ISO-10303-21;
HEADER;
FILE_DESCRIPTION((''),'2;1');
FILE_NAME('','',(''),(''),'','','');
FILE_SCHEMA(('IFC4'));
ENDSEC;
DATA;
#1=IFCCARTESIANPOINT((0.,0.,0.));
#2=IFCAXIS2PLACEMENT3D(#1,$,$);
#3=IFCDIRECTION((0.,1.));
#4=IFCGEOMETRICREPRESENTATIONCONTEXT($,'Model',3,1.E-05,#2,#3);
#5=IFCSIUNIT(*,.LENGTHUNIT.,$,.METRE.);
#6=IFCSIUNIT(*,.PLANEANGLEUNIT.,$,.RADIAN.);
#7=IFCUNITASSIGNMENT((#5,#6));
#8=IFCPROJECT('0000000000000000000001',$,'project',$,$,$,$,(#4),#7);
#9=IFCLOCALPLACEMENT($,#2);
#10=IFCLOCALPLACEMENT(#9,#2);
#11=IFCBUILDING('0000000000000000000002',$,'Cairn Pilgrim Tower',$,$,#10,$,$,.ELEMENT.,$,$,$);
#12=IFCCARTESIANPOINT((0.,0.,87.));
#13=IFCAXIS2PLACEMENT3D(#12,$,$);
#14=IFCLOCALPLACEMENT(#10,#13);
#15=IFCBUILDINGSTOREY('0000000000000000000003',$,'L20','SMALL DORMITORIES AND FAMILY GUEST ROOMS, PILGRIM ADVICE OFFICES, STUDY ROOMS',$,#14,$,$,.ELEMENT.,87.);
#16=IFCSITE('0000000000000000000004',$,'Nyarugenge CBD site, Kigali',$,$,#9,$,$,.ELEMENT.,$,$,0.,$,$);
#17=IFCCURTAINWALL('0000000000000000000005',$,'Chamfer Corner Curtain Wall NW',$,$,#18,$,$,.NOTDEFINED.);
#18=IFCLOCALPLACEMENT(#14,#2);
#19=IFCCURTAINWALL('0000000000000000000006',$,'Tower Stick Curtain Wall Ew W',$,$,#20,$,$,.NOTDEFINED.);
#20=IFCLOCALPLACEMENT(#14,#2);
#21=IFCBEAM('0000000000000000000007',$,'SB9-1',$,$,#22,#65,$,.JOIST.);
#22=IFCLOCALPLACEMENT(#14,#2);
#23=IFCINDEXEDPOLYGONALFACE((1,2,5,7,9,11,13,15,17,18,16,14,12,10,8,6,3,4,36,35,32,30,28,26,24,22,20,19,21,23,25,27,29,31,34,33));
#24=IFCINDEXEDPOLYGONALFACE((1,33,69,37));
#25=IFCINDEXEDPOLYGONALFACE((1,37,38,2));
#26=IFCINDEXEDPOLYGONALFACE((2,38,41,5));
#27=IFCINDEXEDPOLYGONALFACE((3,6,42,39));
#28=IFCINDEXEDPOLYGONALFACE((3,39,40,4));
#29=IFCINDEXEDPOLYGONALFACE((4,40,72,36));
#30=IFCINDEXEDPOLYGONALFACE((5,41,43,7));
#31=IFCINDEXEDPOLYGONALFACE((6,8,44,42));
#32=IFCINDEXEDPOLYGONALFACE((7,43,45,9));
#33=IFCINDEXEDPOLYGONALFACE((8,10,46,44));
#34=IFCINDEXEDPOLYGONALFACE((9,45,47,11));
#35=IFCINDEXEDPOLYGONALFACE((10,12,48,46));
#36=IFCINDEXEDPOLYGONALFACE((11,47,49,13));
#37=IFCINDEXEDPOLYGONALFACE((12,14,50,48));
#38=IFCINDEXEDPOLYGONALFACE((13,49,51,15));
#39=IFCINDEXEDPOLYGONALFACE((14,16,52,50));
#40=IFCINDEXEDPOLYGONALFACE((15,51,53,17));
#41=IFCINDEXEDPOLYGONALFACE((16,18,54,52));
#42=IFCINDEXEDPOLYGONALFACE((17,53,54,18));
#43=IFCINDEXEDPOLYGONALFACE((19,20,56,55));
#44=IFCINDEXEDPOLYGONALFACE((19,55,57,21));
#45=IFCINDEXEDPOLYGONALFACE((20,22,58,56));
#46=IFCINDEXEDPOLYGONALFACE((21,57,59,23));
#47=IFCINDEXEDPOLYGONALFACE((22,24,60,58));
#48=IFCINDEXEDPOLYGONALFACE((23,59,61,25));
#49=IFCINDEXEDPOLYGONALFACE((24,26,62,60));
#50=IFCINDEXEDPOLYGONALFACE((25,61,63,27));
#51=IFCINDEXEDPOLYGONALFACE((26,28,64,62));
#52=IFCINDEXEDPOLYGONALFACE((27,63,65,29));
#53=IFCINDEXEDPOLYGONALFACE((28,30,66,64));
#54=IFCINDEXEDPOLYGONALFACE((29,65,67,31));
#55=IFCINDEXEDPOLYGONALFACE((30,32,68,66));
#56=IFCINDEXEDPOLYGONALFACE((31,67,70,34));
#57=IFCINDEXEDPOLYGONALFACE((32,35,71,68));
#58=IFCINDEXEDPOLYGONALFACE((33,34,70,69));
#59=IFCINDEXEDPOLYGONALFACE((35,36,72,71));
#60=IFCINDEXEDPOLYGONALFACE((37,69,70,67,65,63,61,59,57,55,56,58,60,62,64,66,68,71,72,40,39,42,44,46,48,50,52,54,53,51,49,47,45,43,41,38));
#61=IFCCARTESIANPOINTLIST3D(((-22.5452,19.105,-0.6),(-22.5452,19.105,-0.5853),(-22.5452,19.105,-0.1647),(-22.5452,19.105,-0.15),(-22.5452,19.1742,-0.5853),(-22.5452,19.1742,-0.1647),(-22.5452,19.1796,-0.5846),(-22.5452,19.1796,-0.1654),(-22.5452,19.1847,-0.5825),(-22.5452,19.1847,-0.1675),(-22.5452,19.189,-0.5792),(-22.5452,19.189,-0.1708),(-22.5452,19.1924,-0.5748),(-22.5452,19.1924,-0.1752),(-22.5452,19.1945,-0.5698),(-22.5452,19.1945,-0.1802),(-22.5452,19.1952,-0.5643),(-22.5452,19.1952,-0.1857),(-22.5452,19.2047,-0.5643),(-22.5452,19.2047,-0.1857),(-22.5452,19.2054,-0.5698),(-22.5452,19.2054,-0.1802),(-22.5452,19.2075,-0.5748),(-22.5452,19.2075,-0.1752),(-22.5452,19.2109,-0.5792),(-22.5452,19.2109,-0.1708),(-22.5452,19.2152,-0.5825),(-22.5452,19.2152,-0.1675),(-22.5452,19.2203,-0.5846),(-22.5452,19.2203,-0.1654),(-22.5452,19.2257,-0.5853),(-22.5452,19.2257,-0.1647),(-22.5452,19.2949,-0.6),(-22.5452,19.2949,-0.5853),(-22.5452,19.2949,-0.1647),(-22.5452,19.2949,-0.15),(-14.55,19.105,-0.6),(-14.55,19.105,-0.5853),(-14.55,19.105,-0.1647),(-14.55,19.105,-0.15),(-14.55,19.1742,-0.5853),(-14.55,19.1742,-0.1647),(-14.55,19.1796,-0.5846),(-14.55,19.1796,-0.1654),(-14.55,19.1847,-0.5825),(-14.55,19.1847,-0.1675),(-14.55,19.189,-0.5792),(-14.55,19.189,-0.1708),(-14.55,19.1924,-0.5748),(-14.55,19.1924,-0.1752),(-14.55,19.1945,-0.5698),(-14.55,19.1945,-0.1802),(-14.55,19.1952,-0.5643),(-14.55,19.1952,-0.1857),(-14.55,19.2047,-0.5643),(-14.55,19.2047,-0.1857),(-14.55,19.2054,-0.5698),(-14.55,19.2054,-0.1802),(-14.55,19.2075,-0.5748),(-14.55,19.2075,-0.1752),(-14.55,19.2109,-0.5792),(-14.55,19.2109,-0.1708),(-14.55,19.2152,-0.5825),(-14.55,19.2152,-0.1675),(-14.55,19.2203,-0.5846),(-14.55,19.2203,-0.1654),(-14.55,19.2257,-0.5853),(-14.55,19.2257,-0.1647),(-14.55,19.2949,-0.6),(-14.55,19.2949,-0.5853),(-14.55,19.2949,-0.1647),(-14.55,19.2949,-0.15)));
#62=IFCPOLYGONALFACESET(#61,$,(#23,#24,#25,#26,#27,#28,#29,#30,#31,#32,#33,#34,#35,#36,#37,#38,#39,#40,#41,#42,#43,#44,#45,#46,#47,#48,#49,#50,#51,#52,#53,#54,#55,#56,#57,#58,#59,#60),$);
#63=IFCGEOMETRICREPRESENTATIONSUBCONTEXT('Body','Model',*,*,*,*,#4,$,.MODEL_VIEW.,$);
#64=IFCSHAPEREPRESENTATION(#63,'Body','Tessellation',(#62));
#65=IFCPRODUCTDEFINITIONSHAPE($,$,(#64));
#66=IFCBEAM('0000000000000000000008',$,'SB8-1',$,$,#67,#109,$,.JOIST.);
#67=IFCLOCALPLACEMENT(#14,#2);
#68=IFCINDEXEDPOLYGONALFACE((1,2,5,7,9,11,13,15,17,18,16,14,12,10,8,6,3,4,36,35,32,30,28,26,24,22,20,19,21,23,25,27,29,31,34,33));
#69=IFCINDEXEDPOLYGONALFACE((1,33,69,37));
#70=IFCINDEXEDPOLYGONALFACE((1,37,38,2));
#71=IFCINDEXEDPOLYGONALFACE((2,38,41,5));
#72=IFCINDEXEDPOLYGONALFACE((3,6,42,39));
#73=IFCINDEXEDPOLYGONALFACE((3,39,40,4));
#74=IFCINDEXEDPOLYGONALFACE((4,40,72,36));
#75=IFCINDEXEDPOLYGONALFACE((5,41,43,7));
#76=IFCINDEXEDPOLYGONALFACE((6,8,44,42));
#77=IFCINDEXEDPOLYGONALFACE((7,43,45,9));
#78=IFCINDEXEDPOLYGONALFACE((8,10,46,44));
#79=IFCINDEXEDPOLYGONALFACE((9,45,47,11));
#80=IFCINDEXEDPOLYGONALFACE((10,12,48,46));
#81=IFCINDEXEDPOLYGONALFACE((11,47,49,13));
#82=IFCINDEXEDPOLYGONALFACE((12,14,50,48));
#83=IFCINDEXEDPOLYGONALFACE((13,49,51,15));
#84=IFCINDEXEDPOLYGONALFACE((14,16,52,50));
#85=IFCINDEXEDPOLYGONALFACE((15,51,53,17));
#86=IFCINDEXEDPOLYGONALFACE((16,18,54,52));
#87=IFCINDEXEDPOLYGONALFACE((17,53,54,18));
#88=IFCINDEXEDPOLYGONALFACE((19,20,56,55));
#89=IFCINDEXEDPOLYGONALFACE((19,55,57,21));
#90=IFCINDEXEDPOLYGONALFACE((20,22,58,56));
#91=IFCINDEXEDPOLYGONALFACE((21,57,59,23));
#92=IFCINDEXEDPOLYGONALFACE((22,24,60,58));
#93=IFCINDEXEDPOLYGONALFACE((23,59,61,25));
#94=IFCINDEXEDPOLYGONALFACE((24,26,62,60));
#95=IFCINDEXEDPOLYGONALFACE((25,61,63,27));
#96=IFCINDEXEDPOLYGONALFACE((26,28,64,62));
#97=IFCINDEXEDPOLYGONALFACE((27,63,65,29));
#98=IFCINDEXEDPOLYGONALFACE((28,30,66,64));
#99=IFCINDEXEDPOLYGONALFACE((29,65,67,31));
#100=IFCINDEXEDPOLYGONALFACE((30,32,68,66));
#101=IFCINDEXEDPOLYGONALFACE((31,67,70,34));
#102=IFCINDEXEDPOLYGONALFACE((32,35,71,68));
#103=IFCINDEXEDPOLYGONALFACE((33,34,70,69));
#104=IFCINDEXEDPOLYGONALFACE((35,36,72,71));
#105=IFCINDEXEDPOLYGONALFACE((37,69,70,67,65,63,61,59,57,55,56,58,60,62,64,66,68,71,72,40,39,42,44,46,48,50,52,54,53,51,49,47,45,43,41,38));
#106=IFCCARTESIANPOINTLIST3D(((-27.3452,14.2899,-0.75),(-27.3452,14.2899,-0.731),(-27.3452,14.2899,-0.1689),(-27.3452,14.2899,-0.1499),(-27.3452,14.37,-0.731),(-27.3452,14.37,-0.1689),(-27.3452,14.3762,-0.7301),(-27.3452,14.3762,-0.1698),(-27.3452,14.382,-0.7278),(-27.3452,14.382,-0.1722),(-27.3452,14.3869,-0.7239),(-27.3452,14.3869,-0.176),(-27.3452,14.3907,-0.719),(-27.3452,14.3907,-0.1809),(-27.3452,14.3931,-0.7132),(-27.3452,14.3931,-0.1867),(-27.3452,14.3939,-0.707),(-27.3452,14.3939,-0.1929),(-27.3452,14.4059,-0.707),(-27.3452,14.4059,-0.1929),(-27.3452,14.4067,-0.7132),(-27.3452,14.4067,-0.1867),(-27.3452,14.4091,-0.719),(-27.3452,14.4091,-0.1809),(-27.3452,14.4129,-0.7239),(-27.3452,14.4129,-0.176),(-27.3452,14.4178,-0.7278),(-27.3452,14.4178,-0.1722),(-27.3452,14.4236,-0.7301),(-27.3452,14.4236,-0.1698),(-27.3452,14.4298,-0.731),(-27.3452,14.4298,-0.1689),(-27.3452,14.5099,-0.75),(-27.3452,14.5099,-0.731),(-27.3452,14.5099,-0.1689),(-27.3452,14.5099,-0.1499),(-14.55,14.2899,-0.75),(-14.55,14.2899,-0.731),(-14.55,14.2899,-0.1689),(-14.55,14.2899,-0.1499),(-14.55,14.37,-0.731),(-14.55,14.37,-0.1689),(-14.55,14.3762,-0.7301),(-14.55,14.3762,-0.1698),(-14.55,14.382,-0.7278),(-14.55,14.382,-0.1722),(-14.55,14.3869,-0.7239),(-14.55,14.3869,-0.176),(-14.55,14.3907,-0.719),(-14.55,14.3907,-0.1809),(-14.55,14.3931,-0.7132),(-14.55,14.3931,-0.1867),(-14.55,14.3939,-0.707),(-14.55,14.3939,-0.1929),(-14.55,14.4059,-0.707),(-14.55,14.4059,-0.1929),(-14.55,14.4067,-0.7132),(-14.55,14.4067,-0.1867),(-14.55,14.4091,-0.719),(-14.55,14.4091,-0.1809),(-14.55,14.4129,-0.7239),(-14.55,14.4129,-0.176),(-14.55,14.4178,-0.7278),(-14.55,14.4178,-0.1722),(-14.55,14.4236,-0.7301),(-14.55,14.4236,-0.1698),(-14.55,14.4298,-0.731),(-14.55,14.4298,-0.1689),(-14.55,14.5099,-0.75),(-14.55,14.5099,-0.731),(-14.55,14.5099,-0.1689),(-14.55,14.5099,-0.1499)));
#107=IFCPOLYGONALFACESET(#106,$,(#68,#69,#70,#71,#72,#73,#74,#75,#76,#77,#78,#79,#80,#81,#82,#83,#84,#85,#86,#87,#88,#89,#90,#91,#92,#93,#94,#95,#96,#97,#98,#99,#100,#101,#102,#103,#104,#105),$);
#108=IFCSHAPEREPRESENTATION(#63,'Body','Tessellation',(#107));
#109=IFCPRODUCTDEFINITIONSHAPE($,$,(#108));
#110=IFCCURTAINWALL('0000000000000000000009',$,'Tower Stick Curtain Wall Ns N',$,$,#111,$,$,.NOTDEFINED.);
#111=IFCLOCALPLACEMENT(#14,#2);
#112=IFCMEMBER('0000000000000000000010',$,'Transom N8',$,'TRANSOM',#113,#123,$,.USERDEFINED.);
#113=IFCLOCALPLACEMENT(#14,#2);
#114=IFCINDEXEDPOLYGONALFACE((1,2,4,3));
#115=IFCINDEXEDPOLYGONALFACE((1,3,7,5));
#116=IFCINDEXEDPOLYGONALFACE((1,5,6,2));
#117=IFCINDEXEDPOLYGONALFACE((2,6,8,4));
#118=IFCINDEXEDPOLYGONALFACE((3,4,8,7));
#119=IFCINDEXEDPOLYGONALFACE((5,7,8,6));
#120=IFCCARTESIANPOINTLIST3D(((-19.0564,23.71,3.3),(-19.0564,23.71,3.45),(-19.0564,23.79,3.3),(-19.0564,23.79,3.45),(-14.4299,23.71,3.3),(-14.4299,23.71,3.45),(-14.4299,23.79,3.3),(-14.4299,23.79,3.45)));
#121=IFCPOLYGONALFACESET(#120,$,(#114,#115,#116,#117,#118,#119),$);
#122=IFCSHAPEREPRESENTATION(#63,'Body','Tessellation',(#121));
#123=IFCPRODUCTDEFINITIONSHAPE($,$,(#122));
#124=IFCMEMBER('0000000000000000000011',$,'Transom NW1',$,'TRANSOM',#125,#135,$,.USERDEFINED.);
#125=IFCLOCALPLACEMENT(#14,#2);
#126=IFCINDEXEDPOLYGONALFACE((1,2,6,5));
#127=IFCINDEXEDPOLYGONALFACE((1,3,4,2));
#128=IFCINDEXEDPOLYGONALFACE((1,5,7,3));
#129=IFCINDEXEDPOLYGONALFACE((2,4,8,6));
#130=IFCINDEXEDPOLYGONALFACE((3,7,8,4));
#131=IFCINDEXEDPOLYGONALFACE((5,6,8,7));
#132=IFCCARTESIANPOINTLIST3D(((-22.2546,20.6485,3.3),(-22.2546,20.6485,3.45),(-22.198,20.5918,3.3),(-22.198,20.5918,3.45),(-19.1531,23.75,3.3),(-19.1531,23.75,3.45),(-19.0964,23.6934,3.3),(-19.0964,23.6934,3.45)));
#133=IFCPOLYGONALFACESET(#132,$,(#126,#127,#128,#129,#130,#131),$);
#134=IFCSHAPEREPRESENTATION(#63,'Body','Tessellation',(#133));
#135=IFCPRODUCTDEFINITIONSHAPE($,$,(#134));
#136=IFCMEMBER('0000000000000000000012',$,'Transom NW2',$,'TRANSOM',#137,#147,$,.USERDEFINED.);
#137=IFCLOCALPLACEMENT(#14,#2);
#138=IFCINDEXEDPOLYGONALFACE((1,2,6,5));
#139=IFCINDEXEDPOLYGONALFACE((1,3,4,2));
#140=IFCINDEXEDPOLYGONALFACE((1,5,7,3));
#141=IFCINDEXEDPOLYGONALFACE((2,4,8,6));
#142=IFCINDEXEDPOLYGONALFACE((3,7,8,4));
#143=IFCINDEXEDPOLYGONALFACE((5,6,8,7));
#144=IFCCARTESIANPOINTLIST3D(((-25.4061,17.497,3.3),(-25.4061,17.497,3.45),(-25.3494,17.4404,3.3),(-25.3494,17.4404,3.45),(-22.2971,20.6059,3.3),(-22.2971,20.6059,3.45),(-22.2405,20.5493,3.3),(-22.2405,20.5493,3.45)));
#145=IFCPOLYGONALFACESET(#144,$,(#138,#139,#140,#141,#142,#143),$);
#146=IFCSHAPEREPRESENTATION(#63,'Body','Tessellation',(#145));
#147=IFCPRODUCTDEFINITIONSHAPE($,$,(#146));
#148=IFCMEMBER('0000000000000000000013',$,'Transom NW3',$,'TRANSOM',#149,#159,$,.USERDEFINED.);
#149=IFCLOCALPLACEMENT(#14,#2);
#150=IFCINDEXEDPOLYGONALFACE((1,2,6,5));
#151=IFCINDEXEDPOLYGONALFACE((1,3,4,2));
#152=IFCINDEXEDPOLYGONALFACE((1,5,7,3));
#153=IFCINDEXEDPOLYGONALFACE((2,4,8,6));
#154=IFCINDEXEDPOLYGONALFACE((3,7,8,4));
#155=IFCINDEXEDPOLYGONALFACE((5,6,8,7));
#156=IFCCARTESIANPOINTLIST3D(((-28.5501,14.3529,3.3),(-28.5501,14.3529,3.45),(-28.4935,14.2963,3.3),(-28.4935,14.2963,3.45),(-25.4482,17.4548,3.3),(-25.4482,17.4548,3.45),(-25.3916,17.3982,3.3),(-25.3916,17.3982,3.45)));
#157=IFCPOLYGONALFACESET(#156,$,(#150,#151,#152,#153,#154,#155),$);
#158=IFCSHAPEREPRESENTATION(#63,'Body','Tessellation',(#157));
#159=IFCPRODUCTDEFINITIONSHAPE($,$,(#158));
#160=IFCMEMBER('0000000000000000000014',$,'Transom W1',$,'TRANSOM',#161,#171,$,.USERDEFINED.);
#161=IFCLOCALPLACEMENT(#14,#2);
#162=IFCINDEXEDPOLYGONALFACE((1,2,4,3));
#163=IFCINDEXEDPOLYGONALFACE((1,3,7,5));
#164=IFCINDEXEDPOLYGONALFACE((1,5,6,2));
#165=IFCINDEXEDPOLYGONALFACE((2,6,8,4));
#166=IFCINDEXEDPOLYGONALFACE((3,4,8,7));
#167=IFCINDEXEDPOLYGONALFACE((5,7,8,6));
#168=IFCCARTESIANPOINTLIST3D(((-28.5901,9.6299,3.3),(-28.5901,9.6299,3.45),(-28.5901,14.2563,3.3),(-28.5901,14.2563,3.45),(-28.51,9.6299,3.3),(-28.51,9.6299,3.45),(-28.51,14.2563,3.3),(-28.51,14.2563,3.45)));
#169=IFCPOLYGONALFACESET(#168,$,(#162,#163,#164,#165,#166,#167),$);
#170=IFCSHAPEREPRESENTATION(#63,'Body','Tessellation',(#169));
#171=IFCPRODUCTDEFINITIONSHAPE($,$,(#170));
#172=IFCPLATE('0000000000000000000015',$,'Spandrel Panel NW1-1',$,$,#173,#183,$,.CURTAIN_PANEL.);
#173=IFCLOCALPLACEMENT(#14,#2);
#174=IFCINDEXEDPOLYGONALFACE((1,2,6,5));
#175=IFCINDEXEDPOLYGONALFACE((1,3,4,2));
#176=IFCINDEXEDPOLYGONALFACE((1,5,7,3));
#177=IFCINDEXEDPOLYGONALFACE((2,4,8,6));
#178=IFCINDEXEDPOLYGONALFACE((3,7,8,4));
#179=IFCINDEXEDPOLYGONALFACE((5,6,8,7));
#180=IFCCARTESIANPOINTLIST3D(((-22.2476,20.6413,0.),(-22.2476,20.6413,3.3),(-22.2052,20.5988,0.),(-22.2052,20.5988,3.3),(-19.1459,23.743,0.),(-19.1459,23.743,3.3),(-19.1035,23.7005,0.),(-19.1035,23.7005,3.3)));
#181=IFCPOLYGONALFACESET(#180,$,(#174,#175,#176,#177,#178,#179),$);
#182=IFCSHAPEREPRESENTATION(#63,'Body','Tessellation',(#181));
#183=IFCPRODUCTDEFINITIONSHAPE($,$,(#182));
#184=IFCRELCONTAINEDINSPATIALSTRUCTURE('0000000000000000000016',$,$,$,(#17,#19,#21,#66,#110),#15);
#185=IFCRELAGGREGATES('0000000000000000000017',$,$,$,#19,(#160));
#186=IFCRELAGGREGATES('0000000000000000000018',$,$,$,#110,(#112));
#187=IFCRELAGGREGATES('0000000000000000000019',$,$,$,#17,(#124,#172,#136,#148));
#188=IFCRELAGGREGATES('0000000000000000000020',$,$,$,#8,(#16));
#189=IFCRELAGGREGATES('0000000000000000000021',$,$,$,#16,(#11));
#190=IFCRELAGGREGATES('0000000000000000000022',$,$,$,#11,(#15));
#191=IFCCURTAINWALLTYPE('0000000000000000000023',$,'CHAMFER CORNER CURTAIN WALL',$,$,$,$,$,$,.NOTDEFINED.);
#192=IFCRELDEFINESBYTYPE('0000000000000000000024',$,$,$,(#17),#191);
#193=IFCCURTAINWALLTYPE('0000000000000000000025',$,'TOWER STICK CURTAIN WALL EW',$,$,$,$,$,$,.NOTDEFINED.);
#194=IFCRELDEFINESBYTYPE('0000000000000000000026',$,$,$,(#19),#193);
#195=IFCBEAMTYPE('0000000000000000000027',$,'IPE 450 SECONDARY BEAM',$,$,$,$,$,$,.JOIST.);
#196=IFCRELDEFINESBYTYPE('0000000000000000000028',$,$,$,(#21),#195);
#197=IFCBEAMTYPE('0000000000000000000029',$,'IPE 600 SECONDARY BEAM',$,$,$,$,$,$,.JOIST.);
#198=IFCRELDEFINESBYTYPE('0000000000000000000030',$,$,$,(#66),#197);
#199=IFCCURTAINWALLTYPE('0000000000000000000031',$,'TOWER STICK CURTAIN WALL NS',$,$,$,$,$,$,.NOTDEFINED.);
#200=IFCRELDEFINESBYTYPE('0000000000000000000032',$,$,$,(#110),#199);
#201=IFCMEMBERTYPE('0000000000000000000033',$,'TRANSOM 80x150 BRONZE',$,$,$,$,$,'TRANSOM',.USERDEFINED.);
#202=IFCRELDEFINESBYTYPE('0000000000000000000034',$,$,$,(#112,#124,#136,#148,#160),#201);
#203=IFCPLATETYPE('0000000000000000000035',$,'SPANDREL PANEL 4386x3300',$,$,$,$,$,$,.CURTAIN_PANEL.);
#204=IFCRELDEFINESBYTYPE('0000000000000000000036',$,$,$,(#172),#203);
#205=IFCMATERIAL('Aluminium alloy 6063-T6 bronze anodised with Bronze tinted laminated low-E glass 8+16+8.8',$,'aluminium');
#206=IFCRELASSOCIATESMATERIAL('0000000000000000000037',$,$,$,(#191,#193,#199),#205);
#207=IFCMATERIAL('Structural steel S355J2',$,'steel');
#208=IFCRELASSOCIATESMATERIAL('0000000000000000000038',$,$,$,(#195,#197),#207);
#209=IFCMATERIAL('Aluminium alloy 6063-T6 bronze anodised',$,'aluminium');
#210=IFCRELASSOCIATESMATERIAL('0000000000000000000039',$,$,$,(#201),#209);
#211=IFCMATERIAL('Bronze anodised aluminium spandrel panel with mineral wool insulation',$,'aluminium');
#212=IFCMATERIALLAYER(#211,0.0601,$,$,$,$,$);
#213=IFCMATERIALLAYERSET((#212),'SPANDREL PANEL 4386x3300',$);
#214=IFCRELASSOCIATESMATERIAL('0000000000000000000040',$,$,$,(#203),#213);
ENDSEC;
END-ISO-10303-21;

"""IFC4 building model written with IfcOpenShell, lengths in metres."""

from ifc_helpers import new_model, si_unit, direction, frame, origin, origin_2d, place, context, subcontext, project, spatial, rectangle, i_section, extrude, material, layer, layer_set, material_profile, profile_set, type_object, element, aggregate, save


model = new_model("IFC4")

# Units and contexts
model_context = context("Model", 3, precision=1e-05, world=origin(), true_north=direction((0.0, 1.0)))
body_context = subcontext(model_context, "Body", "Model", "MODEL_VIEW")
ifc_project = project(units=[si_unit("LENGTHUNIT", "METRE"), si_unit("PLANEANGLEUNIT", "RADIAN")], contexts=[model_context])

# Site, building, storey
site_placement = place(None, origin())
site = spatial("IfcSite", under=ifc_project, at=site_placement, Name="Nyarugenge CBD site, Kigali", CompositionType="ELEMENT", RefElevation=0.0)
building_placement = place(site_placement, origin())
building = spatial("IfcBuilding", under=site, at=building_placement, Name="Cairn Pilgrim Tower", CompositionType="ELEMENT")
storey_placement = place(building_placement, frame((0.0, 0.0, 87.0)))
storey = spatial("IfcBuildingStorey", under=building, at=storey_placement, Name="L20", Description="SMALL DORMITORIES AND FAMILY GUEST ROOMS, PILGRIM ADVICE OFFICES, STUDY ROOMS", CompositionType="ELEMENT", Elevation=87.0)

# Shared definitions
ifc_material_1 = material(Name="Structural steel S355J2", Category="steel")

# Curtain wall
ifc_material_2 = material(Name="Aluminium alloy 6063-T6 bronze anodised with Bronze tinted laminated low-E glass 8+16+8.8", Category="aluminium")
curtain_wall_type_1 = type_object("IfcCurtainWallType", Name="CHAMFER CORNER CURTAIN WALL", PredefinedType="NOTDEFINED", material=ifc_material_2)
curtain_wall_1_placement = place(storey_placement, origin())
curtain_wall_1 = element("IfcCurtainWall", 1, at=curtain_wall_1_placement, inside=storey, type_object=curtain_wall_type_1, Name="Chamfer Corner Curtain Wall NW", PredefinedType="NOTDEFINED")
ifc_material_3 = material(Name="Aluminium alloy 6063-T6 bronze anodised", Category="aluminium")

# Curtain wall
curtain_wall_type_2 = type_object("IfcCurtainWallType", Name="TOWER STICK CURTAIN WALL EW", PredefinedType="NOTDEFINED", material=ifc_material_2)
curtain_wall_2_placement = place(storey_placement, origin())
curtain_wall_2 = element("IfcCurtainWall", 2, at=curtain_wall_2_placement, inside=storey, type_object=curtain_wall_type_2, Name="Tower Stick Curtain Wall Ew W", PredefinedType="NOTDEFINED")

# Beams
ifc_material_profile_1 = material_profile(ifc_material_1, i_section(OverallWidth=0.1899, OverallDepth=0.45, WebThickness=0.0095, FlangeThickness=0.0146, FilletRadius=0.021, at=origin_2d()), Name="IPE 450")
ifc_profile_set_1 = profile_set([ifc_material_profile_1], Name="Structural steel S355J2")
beam_type_1 = type_object("IfcBeamType", Name="IPE 450 SECONDARY BEAM", PredefinedType="JOIST", material=ifc_profile_set_1)
beam_1_placement = place(storey_placement, frame((-22.5452, 19.2, -0.375), z_axis=(1.0, 0.0, 0.0), x_axis=(0.0, 1.0, 0.0)))
element("IfcBeam", 3, at=beam_1_placement, inside=storey, type_object=beam_type_1, Name="SB9-1", PredefinedType="JOIST", context=body_context, shape_type="SweptSolid", body=[
    extrude(i_section(OverallWidth=0.1899, OverallDepth=0.45, WebThickness=0.0095, FlangeThickness=0.0146, FilletRadius=0.021, at=origin_2d()), origin(), (0.0, 0.0, 1.0), 7.9951),
])
ifc_material_profile_2 = material_profile(ifc_material_1, i_section(OverallWidth=0.22, OverallDepth=0.6001, WebThickness=0.012, FlangeThickness=0.019, FilletRadius=0.0239, at=origin_2d()), Name="IPE 600")
ifc_profile_set_2 = profile_set([ifc_material_profile_2], Name="Structural steel S355J2")
beam_type_2 = type_object("IfcBeamType", Name="IPE 600 SECONDARY BEAM", PredefinedType="JOIST", material=ifc_profile_set_2)
beam_2_placement = place(storey_placement, frame((-27.3452, 14.3999, -0.45), z_axis=(1.0, 0.0, 0.0), x_axis=(0.0, 1.0, 0.0)))
element("IfcBeam", 4, at=beam_2_placement, inside=storey, type_object=beam_type_2, Name="SB8-1", PredefinedType="JOIST", context=body_context, shape_type="SweptSolid", body=[
    extrude(i_section(OverallWidth=0.22, OverallDepth=0.6001, WebThickness=0.012, FlangeThickness=0.019, FilletRadius=0.0239, at=origin_2d()), origin(), (0.0, 0.0, 1.0), 12.7952),
])

# Curtain wall, member
curtain_wall_type_3 = type_object("IfcCurtainWallType", Name="TOWER STICK CURTAIN WALL NS", PredefinedType="NOTDEFINED", material=ifc_material_2)
curtain_wall_3_placement = place(storey_placement, origin())
curtain_wall_3 = element("IfcCurtainWall", 5, at=curtain_wall_3_placement, inside=storey, type_object=curtain_wall_type_3, Name="Tower Stick Curtain Wall Ns N", PredefinedType="NOTDEFINED")
ifc_material_profile_3 = material_profile(ifc_material_3, rectangle(XDim=0.0801, YDim=0.1499, at=origin_2d()), Name="TRANSOM 80x150 BRONZE")
ifc_profile_set_3 = profile_set([ifc_material_profile_3], Name="Aluminium alloy 6063-T6 bronze anodised")
member_type_1 = type_object("IfcMemberType", Name="TRANSOM 80x150 BRONZE", ElementType="TRANSOM", PredefinedType="USERDEFINED", material=ifc_profile_set_3)
member_1_placement = place(storey_placement, frame((-14.4299, 23.75, 3.375), z_axis=(-1.0, 0.0, 0.0), x_axis=(0.0, -1.0, 0.0)))
member_1 = element("IfcMember", 6, at=member_1_placement, type_object=member_type_1, Name="Transom N8", ObjectType="TRANSOM", PredefinedType="USERDEFINED", context=body_context, shape_type="SweptSolid", body=[
    extrude(rectangle(XDim=0.0801, YDim=0.1499, at=origin_2d()), origin(), (0.0, 0.0, 1.0), 4.6265),
])

# Members
member_2_placement = place(storey_placement, frame((-19.1248, 23.7217, 3.375), z_axis=(-0.707107, -0.707107, 0.0), x_axis=(0.707107, -0.707107, 0.0)))
member_2 = element("IfcMember", 7, at=member_2_placement, type_object=member_type_1, Name="Transom NW1", ObjectType="TRANSOM", PredefinedType="USERDEFINED", context=body_context, shape_type="SweptSolid", body=[
    extrude(rectangle(XDim=0.0801, YDim=0.1499, at=origin_2d()), origin(), (0.0, 0.0, 1.0), 4.3862),
])
member_3_placement = place(storey_placement, frame((-22.2688, 20.5776, 3.375), z_axis=(-0.707107, -0.707107, 0.0), x_axis=(0.707107, -0.707107, 0.0)))
member_3 = element("IfcMember", 8, at=member_3_placement, type_object=member_type_1, Name="Transom NW2", ObjectType="TRANSOM", PredefinedType="USERDEFINED", context=body_context, shape_type="SweptSolid", body=[
    extrude(rectangle(XDim=0.0801, YDim=0.1499, at=origin_2d()), origin(), (0.0, 0.0, 1.0), 4.3967),
])
member_4_placement = place(storey_placement, frame((-25.4199, 17.4265, 3.375), z_axis=(-0.707107, -0.707107, 0.0), x_axis=(0.707107, -0.707107, 0.0)))
member_4 = element("IfcMember", 9, at=member_4_placement, type_object=member_type_1, Name="Transom NW3", ObjectType="TRANSOM", PredefinedType="USERDEFINED", context=body_context, shape_type="SweptSolid", body=[
    extrude(rectangle(XDim=0.0801, YDim=0.1499, at=origin_2d()), origin(), (0.0, 0.0, 1.0), 4.3867),
])
member_5_placement = place(storey_placement, frame((-28.55, 14.2563, 3.375), z_axis=(0.0, -1.0, 0.0), x_axis=(1.0, 0.0, 0.0)))
member_5 = element("IfcMember", 10, at=member_5_placement, type_object=member_type_1, Name="Transom W1", ObjectType="TRANSOM", PredefinedType="USERDEFINED", context=body_context, shape_type="SweptSolid", body=[
    extrude(rectangle(XDim=0.0801, YDim=0.1499, at=origin_2d()), origin(), (0.0, 0.0, 1.0), 4.6265),
])
aggregate(curtain_wall_2, [member_5])

# Plate
ifc_material_4 = material(Name="Bronze anodised aluminium spandrel panel with mineral wool insulation", Category="aluminium")
ifc_layer_1 = layer(ifc_material_4, 0.0601)
ifc_layer_set_1 = layer_set([ifc_layer_1], Name="SPANDREL PANEL 4386x3300")
plate_type_1 = type_object("IfcPlateType", Name="SPANDREL PANEL 4386x3300", PredefinedType="CURTAIN_PANEL", material=ifc_layer_set_1)
plate_1_placement = place(storey_placement, frame((-20.6755, 22.1709, 0.0), z_axis=(0.0, 0.0, 1.0), x_axis=(-0.707107, -0.707107, 0.0)))
plate_1 = element("IfcPlate", 11, at=plate_1_placement, type_object=plate_type_1, Name="Spandrel Panel NW1-1", PredefinedType="CURTAIN_PANEL", context=body_context, shape_type="SweptSolid", body=[
    extrude(rectangle(XDim=4.3865, YDim=0.0601, at=origin_2d()), origin(), (0.0, 0.0, 1.0), 3.3),
])
aggregate(curtain_wall_3, [member_1])
aggregate(curtain_wall_1, [member_2, plate_1, member_3, member_4])

save(model, "model.ifc")
